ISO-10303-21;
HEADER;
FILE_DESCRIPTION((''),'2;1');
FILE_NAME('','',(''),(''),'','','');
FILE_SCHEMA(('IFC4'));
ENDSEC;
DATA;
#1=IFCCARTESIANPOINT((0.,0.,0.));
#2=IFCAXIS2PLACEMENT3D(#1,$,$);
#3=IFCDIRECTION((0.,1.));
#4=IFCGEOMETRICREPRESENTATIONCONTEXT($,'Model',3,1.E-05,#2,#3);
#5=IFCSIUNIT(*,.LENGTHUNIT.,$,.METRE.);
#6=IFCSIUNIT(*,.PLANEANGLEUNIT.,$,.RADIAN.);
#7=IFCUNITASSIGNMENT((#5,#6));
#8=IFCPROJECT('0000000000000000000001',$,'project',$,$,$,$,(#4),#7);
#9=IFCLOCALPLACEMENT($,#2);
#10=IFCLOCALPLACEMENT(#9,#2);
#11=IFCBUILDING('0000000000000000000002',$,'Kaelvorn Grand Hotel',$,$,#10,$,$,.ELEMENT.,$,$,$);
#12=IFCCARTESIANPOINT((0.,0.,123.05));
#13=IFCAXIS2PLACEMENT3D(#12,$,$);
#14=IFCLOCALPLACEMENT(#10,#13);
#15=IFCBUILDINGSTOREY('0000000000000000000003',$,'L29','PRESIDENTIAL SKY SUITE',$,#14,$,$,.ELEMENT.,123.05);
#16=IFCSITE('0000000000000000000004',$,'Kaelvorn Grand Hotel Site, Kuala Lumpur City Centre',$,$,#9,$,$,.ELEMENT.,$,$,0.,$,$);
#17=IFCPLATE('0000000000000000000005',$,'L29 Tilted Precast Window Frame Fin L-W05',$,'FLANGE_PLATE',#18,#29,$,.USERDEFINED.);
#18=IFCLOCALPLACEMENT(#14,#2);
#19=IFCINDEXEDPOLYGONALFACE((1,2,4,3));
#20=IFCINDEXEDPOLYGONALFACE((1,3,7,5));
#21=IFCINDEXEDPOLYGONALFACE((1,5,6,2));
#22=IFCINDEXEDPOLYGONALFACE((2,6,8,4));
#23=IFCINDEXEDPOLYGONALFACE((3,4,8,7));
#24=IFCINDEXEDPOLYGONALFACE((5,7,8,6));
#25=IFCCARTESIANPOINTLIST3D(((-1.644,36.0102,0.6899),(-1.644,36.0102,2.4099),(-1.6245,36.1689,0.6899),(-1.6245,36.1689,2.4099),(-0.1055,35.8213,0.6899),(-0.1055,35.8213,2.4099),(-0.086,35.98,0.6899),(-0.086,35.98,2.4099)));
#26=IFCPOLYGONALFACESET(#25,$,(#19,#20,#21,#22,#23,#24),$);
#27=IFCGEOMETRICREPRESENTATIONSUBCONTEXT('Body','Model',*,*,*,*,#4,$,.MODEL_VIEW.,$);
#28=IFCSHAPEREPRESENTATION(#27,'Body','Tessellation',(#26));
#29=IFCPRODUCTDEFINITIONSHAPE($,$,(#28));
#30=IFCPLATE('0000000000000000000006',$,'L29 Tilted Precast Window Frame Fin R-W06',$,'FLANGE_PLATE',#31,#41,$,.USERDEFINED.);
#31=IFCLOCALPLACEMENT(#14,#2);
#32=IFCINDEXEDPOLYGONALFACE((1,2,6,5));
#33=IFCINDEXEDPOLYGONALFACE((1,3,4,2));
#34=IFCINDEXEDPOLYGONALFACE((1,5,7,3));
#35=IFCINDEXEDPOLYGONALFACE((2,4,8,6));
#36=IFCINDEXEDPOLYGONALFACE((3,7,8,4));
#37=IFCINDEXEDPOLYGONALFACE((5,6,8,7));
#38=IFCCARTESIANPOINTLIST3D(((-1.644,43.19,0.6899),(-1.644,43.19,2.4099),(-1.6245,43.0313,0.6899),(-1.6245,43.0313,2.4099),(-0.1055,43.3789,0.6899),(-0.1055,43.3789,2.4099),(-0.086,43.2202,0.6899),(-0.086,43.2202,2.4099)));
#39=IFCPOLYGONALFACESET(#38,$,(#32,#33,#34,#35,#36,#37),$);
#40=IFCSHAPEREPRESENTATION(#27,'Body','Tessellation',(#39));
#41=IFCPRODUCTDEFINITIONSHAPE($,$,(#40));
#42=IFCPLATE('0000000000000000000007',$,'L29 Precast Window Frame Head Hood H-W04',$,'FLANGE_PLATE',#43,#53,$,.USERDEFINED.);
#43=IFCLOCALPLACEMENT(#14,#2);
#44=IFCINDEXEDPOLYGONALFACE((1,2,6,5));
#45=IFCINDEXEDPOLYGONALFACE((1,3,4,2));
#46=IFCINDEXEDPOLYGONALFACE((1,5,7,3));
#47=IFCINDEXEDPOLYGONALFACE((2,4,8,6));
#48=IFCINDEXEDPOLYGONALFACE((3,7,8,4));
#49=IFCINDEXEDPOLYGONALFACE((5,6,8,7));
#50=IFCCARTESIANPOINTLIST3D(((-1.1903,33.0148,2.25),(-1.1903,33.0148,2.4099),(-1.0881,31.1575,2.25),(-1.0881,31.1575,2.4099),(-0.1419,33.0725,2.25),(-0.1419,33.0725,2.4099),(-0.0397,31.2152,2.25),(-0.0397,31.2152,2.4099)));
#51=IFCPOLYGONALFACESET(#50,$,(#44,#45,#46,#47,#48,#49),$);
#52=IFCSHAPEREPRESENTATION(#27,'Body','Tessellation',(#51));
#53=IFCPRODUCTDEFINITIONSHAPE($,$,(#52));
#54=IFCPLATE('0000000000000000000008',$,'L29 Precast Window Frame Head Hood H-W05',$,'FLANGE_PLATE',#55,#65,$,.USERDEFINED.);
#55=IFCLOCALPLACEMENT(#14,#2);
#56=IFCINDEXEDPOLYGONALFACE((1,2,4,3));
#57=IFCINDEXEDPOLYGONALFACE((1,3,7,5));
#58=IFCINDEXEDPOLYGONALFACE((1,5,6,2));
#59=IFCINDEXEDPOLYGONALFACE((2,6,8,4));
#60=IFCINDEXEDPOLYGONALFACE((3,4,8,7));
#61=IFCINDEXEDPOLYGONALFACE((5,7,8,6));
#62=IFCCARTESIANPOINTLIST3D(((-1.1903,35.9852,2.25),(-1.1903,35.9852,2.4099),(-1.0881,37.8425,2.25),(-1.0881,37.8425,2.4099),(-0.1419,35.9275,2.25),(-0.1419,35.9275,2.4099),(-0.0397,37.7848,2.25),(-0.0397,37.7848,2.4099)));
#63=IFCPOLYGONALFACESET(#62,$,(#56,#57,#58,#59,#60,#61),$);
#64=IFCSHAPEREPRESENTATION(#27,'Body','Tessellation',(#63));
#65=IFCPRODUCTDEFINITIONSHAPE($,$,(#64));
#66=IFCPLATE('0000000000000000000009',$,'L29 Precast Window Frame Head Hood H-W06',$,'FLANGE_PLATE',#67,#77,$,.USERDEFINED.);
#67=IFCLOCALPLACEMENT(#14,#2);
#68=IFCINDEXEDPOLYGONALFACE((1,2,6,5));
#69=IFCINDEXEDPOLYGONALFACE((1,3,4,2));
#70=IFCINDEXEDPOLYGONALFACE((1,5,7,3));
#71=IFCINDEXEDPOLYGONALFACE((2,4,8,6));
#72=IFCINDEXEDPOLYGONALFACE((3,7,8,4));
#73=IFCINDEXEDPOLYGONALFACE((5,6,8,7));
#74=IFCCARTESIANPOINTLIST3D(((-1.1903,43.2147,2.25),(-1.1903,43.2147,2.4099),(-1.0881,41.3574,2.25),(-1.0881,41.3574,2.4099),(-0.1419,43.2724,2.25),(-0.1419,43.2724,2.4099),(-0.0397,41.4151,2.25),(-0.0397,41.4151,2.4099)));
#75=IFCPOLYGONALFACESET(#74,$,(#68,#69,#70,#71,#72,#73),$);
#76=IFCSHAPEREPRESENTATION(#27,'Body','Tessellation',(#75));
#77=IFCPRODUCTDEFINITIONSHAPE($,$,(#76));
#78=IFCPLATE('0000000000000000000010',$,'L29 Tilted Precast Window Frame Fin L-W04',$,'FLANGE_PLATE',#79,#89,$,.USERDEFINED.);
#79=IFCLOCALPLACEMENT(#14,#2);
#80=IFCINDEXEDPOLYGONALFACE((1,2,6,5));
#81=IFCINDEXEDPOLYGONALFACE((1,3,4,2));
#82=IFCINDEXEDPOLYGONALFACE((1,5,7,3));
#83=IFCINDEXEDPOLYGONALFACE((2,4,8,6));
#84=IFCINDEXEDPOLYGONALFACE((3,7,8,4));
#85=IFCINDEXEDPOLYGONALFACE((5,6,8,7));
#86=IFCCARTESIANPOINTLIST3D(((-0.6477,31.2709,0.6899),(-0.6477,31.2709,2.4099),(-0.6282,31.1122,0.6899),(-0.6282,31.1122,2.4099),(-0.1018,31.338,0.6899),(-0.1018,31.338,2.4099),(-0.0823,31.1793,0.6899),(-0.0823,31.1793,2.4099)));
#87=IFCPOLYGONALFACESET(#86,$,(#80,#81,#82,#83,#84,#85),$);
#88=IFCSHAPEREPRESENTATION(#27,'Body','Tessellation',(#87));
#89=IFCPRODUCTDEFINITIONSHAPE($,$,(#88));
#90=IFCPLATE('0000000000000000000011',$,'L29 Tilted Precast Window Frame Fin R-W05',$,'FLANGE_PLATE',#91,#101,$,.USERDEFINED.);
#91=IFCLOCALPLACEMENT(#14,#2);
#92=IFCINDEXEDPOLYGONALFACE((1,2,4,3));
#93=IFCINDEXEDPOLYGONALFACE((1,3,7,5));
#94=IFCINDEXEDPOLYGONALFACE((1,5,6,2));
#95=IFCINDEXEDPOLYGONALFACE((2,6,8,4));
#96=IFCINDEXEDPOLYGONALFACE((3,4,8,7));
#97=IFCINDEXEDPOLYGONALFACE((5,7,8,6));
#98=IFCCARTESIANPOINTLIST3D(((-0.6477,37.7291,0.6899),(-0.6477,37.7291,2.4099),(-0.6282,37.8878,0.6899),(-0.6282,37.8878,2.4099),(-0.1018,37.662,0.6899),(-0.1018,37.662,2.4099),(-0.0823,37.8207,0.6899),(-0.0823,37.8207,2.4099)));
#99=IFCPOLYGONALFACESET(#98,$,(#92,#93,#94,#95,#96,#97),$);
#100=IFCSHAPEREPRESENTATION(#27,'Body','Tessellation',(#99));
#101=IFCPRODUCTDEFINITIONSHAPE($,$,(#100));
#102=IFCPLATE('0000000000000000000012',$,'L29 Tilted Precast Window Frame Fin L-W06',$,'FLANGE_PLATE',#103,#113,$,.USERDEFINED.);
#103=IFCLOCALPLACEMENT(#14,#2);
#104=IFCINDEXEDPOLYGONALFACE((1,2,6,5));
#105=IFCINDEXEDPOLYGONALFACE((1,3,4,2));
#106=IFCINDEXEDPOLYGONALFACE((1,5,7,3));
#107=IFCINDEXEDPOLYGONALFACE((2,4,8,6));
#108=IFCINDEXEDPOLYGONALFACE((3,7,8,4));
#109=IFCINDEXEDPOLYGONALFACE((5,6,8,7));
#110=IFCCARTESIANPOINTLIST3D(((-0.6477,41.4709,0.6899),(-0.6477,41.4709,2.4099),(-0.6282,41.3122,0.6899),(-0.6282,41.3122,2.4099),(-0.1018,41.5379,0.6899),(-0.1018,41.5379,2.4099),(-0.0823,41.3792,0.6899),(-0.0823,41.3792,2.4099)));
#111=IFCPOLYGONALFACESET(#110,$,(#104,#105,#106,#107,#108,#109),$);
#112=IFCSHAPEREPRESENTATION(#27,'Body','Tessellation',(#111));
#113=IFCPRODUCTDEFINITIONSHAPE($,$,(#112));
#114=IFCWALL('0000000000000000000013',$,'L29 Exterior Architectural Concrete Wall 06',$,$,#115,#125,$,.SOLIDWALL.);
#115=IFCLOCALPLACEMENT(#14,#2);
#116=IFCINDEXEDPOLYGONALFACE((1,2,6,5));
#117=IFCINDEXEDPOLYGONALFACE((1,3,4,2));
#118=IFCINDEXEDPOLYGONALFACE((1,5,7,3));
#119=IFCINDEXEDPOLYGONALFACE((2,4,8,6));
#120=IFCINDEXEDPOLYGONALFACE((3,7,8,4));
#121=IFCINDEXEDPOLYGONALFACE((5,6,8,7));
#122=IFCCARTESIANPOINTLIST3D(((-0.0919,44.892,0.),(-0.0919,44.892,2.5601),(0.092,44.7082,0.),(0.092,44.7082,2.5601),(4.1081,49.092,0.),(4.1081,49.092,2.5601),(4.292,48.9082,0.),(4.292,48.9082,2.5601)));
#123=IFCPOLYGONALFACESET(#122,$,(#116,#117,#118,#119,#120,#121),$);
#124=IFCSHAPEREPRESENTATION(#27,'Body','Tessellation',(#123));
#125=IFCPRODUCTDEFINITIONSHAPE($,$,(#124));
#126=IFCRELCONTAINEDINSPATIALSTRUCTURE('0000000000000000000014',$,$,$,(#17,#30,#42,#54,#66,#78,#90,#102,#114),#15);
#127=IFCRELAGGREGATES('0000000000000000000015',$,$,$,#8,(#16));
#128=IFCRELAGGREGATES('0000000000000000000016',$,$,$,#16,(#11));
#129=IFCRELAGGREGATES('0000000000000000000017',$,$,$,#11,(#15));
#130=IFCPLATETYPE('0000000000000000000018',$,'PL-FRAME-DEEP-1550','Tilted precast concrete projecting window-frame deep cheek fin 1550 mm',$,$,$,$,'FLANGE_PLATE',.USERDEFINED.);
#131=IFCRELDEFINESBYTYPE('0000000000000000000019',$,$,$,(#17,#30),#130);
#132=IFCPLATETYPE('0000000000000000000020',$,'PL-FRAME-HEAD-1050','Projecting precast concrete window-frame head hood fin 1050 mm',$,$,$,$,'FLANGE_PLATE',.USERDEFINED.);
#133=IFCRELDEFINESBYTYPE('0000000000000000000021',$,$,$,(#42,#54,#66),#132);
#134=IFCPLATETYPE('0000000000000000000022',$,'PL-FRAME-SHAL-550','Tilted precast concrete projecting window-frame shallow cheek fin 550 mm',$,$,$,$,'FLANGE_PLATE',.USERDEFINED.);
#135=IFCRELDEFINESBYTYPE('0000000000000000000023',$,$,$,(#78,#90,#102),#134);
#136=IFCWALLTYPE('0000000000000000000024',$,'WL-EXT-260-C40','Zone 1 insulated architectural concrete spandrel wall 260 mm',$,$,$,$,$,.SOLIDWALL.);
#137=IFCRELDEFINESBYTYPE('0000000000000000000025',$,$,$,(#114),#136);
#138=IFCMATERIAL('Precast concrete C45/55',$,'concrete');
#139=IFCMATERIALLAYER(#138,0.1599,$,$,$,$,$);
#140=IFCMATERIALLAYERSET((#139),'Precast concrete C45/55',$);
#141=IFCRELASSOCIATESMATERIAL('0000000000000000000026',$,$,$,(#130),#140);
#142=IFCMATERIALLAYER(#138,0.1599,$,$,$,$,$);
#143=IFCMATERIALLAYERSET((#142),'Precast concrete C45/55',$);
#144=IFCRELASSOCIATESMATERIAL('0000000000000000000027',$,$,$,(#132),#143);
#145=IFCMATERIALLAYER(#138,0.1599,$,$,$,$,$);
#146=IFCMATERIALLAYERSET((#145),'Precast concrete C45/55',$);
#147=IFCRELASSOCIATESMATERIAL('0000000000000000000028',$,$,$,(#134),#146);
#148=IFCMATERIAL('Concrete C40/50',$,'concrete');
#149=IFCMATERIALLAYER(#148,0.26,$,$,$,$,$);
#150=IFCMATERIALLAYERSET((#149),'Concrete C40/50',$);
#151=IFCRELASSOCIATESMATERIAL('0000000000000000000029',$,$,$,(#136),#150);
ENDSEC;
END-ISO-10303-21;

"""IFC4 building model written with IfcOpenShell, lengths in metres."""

from ifc_helpers import new_model, si_unit, direction, frame, frame_2d, origin, origin_2d, place, context, subcontext, project, spatial, rectangle, extrude, material, layer, layer_set, type_object, element, save


model = new_model("IFC4")

# Units and contexts
model_context = context("Model", 3, precision=1e-05, world=origin(), true_north=direction((0.0, 1.0)))
body_context = subcontext(model_context, "Body", "Model", "MODEL_VIEW")
ifc_project = project(units=[si_unit("LENGTHUNIT", "METRE"), si_unit("PLANEANGLEUNIT", "RADIAN")], contexts=[model_context])

# Site, building, storey
site_placement = place(None, origin())
site = spatial("IfcSite", under=ifc_project, at=site_placement, Name="Kaelvorn Grand Hotel Site, Kuala Lumpur City Centre", CompositionType="ELEMENT", RefElevation=0.0)
building_placement = place(site_placement, origin())
building = spatial("IfcBuilding", under=site, at=building_placement, Name="Kaelvorn Grand Hotel", CompositionType="ELEMENT")
storey_placement = place(building_placement, frame((0.0, 0.0, 123.05)))
storey = spatial("IfcBuildingStorey", under=building, at=storey_placement, Name="L29", Description="PRESIDENTIAL SKY SUITE", CompositionType="ELEMENT", Elevation=123.05)

# Plates
ifc_material_1 = material(Name="Precast concrete C45/55", Category="concrete")
ifc_layer_1 = layer(ifc_material_1, 0.1599)
ifc_layer_set_1 = layer_set([ifc_layer_1], Name="Precast concrete C45/55")
plate_type_1 = type_object("IfcPlateType", Name="PL-FRAME-DEEP-1550", Description="Tilted precast concrete projecting window-frame deep cheek fin 1550 mm", ElementType="FLANGE_PLATE", PredefinedType="USERDEFINED", material=ifc_layer_set_1)
for number, where, z_axis, x_axis, name in (
    (1, (-0.865, 35.9951, 0.6899), (0.0, 0.0, 1.0), (0.121869, 0.992546, 0.0), "L29 Tilted Precast Window Frame Fin L-W05"),
    (2, (-0.865, 43.2051, 0.6899), (0.0, 0.0, 1.0), (-0.121869, 0.992546, 0.0), "L29 Tilted Precast Window Frame Fin R-W06"),
):
    element("IfcPlate", number, at=place(storey_placement, frame(where, z_axis=z_axis, x_axis=x_axis)), inside=storey, type_object=plate_type_1, Name=name, ObjectType="FLANGE_PLATE", PredefinedType="USERDEFINED", context=body_context, shape_type="SweptSolid", body=[
        extrude(rectangle(XDim=0.1599, YDim=1.55, at=origin_2d()), origin(), (0.0, 0.0, 1.0), 1.72),
    ])
ifc_layer_2 = layer(ifc_material_1, 0.1599)
ifc_layer_set_2 = layer_set([ifc_layer_2], Name="Precast concrete C45/55")
plate_type_2 = type_object("IfcPlateType", Name="PL-FRAME-HEAD-1050", Description="Projecting precast concrete window-frame head hood fin 1050 mm", ElementType="FLANGE_PLATE", PredefinedType="USERDEFINED", material=ifc_layer_set_2)
for number, where, z_axis, x_axis, name in (
    (3, (-0.615, 32.115, 2.25), (0.0, 0.0, 1.0), (-0.05495, 0.998489, 0.0), "L29 Precast Window Frame Head Hood H-W04"),
    (4, (-0.615, 36.885, 2.25), (0.0, 0.0, 1.0), (0.05495, 0.998489, 0.0), "L29 Precast Window Frame Head Hood H-W05"),
    (5, (-0.615, 42.3149, 2.25), (0.0, 0.0, 1.0), (-0.05495, 0.998489, 0.0), "L29 Precast Window Frame Head Hood H-W06"),
):
    element("IfcPlate", number, at=place(storey_placement, frame(where, z_axis=z_axis, x_axis=x_axis)), inside=storey, type_object=plate_type_2, Name=name, ObjectType="FLANGE_PLATE", PredefinedType="USERDEFINED", context=body_context, shape_type="SweptSolid", body=[
        extrude(rectangle(XDim=1.8601, YDim=1.05, at=origin_2d()), origin(), (0.0, 0.0, 1.0), 0.1599),
    ])
ifc_layer_3 = layer(ifc_material_1, 0.1599)
ifc_layer_set_3 = layer_set([ifc_layer_3], Name="Precast concrete C45/55")
plate_type_3 = type_object("IfcPlateType", Name="PL-FRAME-SHAL-550", Description="Tilted precast concrete projecting window-frame shallow cheek fin 550 mm", ElementType="FLANGE_PLATE", PredefinedType="USERDEFINED", material=ifc_layer_set_3)
for number, where, z_axis, x_axis, name in (
    (6, (-0.365, 31.2251, 0.6899), (0.0, 0.0, 1.0), (-0.121869, 0.992546, 0.0), "L29 Tilted Precast Window Frame Fin L-W04"),
    (7, (-0.365, 37.7749, 0.6899), (0.0, 0.0, 1.0), (0.121869, 0.992546, 0.0), "L29 Tilted Precast Window Frame Fin R-W05"),
    (8, (-0.365, 41.425, 0.6899), (0.0, 0.0, 1.0), (-0.121869, 0.992546, 0.0), "L29 Tilted Precast Window Frame Fin L-W06"),
):
    element("IfcPlate", number, at=place(storey_placement, frame(where, z_axis=z_axis, x_axis=x_axis)), inside=storey, type_object=plate_type_3, Name=name, ObjectType="FLANGE_PLATE", PredefinedType="USERDEFINED", context=body_context, shape_type="SweptSolid", body=[
        extrude(rectangle(XDim=0.1599, YDim=0.55, at=origin_2d()), origin(), (0.0, 0.0, 1.0), 1.72),
    ])

# Wall
ifc_material_2 = material(Name="Concrete C40/50", Category="concrete")
ifc_layer_4 = layer(ifc_material_2, 0.26)
ifc_layer_set_4 = layer_set([ifc_layer_4], Name="Concrete C40/50")
wall_type_1 = type_object("IfcWallType", Name="WL-EXT-260-C40", Description="Zone 1 insulated architectural concrete spandrel wall 260 mm", PredefinedType="SOLIDWALL", material=ifc_layer_set_4)
wall_1_placement = place(storey_placement, frame((4.2, 49.0, 0.0), z_axis=(0.0, 0.0, 1.0), x_axis=(-0.707107, -0.707107, 0.0)))
element("IfcWall", 9, at=wall_1_placement, inside=storey, type_object=wall_type_1, Name="L29 Exterior Architectural Concrete Wall 06", PredefinedType="SOLIDWALL", context=body_context, shape_type="SweptSolid", body=[
    extrude(rectangle(XDim=5.9397, YDim=0.26, at=frame_2d((2.9697, 0.0))), origin(), (0.0, 0.0, 1.0), 2.5601),
])

save(model, "model.ifc")
